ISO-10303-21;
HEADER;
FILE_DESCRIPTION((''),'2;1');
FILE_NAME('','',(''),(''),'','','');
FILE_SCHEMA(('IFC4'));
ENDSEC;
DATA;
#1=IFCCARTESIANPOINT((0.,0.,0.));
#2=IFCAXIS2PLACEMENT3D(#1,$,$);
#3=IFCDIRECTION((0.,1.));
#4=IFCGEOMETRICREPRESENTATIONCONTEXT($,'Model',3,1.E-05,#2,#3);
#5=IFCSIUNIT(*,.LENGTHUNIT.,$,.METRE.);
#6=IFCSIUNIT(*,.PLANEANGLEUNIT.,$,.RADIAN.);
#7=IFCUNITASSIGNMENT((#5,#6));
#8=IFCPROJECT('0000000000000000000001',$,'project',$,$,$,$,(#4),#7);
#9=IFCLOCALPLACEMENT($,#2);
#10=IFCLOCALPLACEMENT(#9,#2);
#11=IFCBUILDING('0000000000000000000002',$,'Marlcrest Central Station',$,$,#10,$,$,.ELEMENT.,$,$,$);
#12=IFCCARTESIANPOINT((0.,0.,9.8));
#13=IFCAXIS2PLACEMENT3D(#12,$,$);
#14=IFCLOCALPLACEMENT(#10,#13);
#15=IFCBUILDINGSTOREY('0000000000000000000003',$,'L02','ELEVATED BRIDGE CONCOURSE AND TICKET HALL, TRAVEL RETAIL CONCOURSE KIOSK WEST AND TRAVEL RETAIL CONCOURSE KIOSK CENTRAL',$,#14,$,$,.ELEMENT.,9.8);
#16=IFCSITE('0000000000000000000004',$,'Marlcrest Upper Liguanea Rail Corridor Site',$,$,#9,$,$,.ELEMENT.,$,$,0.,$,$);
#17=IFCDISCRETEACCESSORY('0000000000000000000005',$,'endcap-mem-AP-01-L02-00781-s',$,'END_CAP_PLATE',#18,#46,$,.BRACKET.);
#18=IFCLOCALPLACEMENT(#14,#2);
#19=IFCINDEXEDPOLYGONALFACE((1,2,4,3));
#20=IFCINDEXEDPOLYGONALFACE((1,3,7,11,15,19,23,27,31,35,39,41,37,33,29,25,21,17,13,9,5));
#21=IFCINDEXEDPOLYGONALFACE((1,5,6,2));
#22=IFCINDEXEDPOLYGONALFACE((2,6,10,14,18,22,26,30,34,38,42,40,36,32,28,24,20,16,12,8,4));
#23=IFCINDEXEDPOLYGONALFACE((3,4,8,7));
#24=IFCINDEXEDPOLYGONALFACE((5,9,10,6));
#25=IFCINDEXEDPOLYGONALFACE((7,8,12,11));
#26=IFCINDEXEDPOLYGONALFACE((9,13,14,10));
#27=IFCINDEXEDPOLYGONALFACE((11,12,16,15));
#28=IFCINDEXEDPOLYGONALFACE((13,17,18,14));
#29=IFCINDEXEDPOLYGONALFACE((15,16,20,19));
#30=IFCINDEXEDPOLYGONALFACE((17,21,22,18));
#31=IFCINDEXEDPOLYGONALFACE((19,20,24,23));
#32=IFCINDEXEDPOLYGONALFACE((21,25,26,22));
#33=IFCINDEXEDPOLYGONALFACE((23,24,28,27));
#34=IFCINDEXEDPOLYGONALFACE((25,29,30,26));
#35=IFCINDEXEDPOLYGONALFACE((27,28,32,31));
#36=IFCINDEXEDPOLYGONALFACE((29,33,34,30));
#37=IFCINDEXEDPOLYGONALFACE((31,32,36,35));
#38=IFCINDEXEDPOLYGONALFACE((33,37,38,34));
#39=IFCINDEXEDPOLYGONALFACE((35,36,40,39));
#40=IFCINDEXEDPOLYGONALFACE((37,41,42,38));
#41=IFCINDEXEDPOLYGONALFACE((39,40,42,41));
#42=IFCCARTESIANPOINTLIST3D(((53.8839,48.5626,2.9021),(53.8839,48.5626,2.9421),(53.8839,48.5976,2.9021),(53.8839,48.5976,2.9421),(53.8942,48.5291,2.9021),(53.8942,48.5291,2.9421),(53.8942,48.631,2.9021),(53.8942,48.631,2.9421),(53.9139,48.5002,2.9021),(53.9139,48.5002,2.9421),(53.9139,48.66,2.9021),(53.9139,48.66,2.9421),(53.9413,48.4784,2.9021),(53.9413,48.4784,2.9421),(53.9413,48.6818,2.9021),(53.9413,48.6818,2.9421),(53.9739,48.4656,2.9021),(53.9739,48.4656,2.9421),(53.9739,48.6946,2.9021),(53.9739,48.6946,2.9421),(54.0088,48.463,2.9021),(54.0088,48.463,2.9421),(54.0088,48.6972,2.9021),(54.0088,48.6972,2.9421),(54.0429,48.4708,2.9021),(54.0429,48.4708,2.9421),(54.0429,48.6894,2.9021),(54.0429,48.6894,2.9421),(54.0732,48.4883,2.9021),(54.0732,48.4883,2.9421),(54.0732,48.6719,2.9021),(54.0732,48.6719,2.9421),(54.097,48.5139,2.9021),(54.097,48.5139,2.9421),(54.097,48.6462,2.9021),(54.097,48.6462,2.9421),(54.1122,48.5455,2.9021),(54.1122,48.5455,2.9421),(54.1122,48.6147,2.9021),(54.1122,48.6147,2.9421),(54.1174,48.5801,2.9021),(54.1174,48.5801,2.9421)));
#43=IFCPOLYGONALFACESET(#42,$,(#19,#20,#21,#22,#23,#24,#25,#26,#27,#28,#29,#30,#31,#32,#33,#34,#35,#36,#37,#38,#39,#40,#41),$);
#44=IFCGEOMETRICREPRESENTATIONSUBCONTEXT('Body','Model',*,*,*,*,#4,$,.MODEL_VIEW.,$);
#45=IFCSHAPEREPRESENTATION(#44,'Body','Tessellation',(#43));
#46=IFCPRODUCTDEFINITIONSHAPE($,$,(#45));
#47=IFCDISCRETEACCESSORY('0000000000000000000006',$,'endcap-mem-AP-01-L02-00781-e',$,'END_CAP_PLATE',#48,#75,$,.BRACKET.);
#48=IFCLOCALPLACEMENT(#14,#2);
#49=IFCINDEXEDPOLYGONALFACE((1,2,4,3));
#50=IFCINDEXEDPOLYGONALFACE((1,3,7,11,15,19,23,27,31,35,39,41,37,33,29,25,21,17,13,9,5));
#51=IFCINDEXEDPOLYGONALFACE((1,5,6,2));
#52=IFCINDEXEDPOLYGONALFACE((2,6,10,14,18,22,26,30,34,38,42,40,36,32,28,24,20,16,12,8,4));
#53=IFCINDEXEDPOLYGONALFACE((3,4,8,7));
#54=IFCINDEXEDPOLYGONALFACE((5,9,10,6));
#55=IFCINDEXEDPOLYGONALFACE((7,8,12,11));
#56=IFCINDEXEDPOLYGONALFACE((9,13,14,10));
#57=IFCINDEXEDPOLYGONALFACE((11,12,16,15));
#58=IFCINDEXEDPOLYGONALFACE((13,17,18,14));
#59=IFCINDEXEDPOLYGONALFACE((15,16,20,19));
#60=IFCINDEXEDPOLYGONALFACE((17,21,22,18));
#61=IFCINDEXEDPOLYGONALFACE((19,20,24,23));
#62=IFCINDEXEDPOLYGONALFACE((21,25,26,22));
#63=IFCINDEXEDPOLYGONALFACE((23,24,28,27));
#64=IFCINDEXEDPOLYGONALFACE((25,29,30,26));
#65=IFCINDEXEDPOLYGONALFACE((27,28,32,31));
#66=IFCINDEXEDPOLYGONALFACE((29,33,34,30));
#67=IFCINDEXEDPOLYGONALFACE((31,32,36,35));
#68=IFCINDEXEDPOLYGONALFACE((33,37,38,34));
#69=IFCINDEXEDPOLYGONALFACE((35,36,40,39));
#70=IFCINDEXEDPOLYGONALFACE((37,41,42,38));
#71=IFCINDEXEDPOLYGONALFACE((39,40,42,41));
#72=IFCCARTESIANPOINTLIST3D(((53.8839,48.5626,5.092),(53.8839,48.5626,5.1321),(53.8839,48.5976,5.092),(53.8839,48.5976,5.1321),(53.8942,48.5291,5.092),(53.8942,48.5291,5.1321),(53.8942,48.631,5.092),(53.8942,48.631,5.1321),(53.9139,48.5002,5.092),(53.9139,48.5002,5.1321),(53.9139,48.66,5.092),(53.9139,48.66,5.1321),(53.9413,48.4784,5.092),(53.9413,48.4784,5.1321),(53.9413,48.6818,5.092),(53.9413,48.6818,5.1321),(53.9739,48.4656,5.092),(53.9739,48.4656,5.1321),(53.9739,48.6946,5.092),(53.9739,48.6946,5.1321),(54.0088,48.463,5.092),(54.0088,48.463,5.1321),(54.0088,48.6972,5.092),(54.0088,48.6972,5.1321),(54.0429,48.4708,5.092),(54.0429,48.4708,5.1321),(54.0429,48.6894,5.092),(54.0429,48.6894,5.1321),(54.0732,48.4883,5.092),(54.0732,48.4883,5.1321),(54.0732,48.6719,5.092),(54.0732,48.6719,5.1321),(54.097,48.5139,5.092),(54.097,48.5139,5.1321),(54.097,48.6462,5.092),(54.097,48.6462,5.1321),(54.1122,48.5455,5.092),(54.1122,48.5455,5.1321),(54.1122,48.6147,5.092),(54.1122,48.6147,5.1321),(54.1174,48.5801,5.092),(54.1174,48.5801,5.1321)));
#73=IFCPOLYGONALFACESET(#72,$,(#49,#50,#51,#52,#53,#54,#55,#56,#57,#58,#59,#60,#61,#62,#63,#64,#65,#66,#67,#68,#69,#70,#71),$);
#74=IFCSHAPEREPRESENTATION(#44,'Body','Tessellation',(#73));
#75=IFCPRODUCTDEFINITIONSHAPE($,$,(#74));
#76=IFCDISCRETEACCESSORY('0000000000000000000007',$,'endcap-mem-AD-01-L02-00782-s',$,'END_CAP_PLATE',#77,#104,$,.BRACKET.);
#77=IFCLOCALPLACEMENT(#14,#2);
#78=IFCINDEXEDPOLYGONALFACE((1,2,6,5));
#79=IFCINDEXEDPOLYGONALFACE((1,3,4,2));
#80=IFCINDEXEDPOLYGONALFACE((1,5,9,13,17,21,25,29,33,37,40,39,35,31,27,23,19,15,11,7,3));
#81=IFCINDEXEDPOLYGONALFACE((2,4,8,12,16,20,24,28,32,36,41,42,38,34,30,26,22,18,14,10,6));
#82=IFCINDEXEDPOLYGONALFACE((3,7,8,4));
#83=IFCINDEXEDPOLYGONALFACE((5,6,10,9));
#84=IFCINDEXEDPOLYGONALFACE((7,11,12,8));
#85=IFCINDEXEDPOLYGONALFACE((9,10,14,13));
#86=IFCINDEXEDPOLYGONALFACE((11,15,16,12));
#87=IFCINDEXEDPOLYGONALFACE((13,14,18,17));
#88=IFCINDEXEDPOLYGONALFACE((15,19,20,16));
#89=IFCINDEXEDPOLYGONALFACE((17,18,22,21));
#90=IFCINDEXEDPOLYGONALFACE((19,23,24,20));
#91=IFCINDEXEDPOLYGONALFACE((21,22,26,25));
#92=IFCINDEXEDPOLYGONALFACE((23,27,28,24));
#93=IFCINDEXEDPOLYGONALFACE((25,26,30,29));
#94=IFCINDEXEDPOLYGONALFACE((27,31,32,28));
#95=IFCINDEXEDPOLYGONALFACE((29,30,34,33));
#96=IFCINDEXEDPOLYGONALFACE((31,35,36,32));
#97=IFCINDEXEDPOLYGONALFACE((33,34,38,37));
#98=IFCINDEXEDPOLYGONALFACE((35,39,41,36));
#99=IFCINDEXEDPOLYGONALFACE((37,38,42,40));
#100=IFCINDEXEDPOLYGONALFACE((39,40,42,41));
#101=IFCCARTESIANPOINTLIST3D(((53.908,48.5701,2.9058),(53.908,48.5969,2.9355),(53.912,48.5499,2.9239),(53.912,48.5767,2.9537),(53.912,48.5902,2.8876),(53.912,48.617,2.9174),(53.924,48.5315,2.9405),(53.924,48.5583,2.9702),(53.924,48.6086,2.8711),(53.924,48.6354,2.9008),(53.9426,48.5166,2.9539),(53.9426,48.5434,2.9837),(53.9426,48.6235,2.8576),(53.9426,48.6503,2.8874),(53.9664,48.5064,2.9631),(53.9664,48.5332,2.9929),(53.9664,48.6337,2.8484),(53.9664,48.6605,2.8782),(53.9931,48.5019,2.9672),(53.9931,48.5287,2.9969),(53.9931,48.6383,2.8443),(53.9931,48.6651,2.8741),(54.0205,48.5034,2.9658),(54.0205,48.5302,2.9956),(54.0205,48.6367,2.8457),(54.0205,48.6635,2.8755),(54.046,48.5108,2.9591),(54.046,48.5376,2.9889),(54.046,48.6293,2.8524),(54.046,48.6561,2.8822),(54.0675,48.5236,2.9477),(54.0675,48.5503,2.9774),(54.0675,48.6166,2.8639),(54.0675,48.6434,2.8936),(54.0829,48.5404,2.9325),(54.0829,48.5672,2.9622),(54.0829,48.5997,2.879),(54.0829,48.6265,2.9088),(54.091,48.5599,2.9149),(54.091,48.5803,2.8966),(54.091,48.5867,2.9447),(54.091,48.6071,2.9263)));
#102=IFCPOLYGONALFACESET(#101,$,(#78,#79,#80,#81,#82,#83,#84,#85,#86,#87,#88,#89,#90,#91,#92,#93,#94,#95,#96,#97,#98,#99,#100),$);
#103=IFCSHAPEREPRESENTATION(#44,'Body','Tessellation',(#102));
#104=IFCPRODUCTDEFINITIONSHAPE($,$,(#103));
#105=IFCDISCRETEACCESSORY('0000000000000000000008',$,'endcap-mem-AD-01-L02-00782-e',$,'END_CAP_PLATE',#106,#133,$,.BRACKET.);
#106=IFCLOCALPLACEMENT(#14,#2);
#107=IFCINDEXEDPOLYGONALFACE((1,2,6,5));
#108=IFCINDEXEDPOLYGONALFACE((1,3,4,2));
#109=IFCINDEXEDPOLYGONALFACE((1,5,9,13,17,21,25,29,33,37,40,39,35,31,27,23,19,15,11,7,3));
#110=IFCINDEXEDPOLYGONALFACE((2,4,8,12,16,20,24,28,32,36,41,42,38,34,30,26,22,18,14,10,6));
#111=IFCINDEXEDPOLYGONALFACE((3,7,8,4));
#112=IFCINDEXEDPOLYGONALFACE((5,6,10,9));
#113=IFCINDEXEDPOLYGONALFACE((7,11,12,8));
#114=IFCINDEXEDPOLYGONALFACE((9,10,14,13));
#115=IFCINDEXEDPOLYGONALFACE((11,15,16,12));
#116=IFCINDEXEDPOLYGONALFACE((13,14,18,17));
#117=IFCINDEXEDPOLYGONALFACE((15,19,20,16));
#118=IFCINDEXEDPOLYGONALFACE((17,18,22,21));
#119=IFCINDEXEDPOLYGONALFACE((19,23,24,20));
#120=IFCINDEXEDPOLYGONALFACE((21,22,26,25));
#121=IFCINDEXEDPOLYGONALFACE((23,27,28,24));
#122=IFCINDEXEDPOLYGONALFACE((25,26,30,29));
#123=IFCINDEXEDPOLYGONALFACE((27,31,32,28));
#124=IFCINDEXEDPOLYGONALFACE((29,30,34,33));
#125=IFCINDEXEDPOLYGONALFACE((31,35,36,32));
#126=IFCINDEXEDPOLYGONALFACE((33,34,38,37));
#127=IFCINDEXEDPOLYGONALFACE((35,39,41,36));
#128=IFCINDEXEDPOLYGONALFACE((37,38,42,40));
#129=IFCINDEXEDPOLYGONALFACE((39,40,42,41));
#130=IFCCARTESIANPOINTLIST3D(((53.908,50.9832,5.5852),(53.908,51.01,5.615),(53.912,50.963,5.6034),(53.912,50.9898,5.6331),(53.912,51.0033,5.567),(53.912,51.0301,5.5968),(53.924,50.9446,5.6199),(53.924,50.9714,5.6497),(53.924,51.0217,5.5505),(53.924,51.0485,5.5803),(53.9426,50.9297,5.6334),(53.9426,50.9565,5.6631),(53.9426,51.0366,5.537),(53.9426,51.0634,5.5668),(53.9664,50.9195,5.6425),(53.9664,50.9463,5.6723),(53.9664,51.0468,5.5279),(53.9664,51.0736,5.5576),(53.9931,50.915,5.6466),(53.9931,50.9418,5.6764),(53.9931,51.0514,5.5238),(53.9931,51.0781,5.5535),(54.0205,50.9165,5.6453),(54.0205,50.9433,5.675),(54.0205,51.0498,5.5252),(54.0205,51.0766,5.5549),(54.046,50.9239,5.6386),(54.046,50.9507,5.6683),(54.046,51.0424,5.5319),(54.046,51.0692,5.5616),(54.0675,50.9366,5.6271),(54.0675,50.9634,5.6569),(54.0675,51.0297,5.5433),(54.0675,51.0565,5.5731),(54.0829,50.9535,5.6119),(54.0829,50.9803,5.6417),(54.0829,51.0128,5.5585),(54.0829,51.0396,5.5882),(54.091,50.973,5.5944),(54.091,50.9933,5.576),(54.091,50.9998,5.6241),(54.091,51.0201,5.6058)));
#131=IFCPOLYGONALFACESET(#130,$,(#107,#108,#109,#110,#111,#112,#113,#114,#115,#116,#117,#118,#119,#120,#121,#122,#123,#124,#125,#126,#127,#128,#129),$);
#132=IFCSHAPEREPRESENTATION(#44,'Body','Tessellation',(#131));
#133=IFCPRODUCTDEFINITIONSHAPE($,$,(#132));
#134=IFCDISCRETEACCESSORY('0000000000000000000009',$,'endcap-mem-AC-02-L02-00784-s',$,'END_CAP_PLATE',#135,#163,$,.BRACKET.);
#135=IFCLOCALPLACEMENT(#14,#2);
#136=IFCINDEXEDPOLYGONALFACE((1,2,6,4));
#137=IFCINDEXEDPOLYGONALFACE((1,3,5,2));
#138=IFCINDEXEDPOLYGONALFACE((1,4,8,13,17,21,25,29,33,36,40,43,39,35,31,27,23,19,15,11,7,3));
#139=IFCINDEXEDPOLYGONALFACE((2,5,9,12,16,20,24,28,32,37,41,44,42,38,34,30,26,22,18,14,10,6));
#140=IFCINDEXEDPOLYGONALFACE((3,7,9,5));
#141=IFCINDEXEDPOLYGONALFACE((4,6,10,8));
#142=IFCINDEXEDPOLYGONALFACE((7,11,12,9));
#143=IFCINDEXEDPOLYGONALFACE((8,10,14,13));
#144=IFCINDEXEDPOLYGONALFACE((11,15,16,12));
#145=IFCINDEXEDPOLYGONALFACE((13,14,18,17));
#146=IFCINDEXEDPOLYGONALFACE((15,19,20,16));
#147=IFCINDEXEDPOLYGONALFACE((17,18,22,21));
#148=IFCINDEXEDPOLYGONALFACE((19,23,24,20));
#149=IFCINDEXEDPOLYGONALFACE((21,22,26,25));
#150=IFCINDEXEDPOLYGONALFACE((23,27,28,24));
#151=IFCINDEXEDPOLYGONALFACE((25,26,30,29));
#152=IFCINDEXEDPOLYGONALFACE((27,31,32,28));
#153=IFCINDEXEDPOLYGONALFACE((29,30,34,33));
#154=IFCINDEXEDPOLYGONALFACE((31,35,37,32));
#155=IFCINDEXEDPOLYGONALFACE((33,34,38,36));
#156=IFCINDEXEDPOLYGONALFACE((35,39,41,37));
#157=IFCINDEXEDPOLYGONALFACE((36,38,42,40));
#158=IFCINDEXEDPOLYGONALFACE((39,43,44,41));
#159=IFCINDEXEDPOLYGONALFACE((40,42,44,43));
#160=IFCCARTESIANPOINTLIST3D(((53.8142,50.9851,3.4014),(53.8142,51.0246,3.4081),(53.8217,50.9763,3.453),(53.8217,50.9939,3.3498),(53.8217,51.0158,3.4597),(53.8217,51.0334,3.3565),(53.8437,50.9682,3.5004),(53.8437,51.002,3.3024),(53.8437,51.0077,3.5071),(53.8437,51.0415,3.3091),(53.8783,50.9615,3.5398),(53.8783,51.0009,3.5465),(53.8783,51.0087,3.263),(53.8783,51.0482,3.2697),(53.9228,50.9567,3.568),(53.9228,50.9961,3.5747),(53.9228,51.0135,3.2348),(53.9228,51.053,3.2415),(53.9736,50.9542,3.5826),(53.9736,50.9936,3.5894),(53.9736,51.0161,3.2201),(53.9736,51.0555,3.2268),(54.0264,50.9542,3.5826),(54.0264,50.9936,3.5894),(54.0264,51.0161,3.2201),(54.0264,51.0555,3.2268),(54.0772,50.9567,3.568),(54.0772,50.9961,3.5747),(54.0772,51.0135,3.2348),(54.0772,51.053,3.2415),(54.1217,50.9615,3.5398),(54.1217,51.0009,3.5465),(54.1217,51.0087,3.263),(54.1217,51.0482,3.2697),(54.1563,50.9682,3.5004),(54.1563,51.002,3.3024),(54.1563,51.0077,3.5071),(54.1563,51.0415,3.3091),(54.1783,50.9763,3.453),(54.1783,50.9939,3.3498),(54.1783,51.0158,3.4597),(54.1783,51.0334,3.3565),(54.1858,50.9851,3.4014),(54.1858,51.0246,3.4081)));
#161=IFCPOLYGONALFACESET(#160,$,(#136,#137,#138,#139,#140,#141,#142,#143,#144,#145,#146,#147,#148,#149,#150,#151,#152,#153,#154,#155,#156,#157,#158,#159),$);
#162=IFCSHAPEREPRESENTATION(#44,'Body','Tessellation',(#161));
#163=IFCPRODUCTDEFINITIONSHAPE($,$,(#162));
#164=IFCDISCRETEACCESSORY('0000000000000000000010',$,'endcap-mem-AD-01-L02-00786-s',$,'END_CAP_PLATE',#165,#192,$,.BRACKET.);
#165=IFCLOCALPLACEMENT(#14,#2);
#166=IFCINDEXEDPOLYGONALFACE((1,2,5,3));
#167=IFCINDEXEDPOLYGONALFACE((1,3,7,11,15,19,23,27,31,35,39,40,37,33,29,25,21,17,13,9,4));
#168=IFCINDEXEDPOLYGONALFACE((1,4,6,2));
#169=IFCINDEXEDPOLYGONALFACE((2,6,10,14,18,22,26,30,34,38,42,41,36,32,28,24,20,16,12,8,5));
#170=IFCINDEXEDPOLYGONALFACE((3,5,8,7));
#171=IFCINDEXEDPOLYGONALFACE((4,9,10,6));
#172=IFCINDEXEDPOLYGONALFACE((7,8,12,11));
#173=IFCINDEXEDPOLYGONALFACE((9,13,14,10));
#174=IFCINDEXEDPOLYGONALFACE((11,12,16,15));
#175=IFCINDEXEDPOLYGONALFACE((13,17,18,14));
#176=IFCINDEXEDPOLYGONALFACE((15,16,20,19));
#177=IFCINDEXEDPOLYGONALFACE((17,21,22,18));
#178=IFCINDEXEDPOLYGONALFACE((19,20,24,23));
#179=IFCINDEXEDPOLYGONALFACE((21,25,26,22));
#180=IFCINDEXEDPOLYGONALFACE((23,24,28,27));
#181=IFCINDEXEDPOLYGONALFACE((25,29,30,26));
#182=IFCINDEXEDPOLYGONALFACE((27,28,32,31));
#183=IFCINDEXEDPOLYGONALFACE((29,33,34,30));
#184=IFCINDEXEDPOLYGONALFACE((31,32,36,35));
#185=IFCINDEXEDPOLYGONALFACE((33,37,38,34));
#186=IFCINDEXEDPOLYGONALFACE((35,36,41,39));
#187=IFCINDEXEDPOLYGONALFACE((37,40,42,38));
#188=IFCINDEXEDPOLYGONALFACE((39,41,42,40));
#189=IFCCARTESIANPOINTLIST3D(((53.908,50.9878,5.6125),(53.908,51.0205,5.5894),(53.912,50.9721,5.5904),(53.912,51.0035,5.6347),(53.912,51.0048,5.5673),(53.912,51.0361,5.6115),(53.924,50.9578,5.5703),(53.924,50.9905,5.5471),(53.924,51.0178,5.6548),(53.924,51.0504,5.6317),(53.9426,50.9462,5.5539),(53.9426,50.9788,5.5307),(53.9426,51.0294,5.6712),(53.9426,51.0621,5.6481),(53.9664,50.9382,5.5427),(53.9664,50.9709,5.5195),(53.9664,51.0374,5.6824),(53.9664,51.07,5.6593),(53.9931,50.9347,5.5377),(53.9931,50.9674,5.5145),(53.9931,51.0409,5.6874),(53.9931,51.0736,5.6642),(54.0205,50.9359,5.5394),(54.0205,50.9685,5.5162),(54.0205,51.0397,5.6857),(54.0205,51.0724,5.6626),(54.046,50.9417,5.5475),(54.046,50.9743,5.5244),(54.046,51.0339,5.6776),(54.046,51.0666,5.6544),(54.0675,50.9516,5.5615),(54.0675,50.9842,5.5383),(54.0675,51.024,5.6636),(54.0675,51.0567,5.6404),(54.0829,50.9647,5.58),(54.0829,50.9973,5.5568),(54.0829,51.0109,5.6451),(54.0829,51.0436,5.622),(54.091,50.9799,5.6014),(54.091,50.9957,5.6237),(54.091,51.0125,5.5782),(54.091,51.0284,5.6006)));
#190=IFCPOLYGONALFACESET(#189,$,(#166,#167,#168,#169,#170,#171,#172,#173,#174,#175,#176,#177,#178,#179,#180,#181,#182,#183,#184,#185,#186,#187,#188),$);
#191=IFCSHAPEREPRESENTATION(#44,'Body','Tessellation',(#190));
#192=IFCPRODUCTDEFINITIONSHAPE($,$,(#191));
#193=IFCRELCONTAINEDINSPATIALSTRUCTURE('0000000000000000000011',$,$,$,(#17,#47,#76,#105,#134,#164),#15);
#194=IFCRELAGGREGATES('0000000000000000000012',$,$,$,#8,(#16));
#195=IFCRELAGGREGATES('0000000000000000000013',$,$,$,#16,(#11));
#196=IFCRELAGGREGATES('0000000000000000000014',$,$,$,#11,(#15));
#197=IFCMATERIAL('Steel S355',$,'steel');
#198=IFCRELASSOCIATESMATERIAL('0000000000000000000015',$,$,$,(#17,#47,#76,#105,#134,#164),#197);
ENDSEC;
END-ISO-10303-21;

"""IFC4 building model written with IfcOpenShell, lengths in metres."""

from ifc_helpers import new_model, si_unit, direction, frame, origin, origin_2d, place, context, subcontext, project, spatial, circle, extrude, material, element, save


model = new_model("IFC4")

# Units and contexts
model_context = context("Model", 3, precision=1e-05, world=origin(), true_north=direction((0.0, 1.0)))
body_context = subcontext(model_context, "Body", "Model", "MODEL_VIEW")
ifc_project = project(units=[si_unit("LENGTHUNIT", "METRE"), si_unit("PLANEANGLEUNIT", "RADIAN")], contexts=[model_context])

# Site, building, storey
site_placement = place(None, origin())
site = spatial("IfcSite", under=ifc_project, at=site_placement, Name="Marlcrest Upper Liguanea Rail Corridor Site", CompositionType="ELEMENT", RefElevation=0.0)
building_placement = place(site_placement, origin())
building = spatial("IfcBuilding", under=site, at=building_placement, Name="Marlcrest Central Station", CompositionType="ELEMENT")
storey_placement = place(building_placement, frame((0.0, 0.0, 9.8)))
storey = spatial("IfcBuildingStorey", under=building, at=storey_placement, Name="L02", Description="ELEVATED BRIDGE CONCOURSE AND TICKET HALL, TRAVEL RETAIL CONCOURSE KIOSK WEST AND TRAVEL RETAIL CONCOURSE KIOSK CENTRAL", CompositionType="ELEMENT", Elevation=9.8)

# Shared definitions
ifc_material = material(Name="Steel S355", Category="steel")

# Discrete accessories
for number, where, z_axis, x_axis, name in (
    (1, (54.0, 48.5801, 2.9021), (0.0, 0.0, 1.0), (1.0, 0.0, 0.0), "endcap-mem-AP-01-L02-00781-s"),
    (2, (54.0, 48.5801, 5.092), (0.0, 0.0, 1.0), (1.0, 0.0, 0.0), "endcap-mem-AP-01-L02-00781-e"),
):
    element("IfcDiscreteAccessory", number, at=place(storey_placement, frame(where, z_axis=z_axis, x_axis=x_axis)), inside=storey, material=ifc_material, Name=name, ObjectType="END_CAP_PLATE", PredefinedType="BRACKET", context=body_context, shape_type="SweptSolid", body=[
        extrude(circle(Radius=0.1174, at=origin_2d()), origin(), (0.0, 0.0, 1.0), 0.04),
    ])
for number, where, z_axis, x_axis, name in (
    (3, (54.0, 48.5701, 2.9058), (0.0, 0.669244, 0.743042), (-1.0, 0.0, 0.0), "endcap-mem-AD-01-L02-00782-s"),
    (4, (54.0, 50.9832, 5.5852), (0.0, 0.669244, 0.743042), (-1.0, 0.0, 0.0), "endcap-mem-AD-01-L02-00782-e"),
):
    element("IfcDiscreteAccessory", number, at=place(storey_placement, frame(where, z_axis=z_axis, x_axis=x_axis)), inside=storey, material=ifc_material, Name=name, ObjectType="END_CAP_PLATE", PredefinedType="BRACKET", context=body_context, shape_type="SweptSolid", body=[
        extrude(circle(Radius=0.092, at=origin_2d()), origin(), (0.0, 0.0, 1.0), 0.04),
    ])
discrete_accessory_1_placement = place(storey_placement, frame((54.0, 50.9851, 3.4014), z_axis=(0.0, 0.985741, 0.168269), x_axis=(-1.0, 0.0, 0.0)))
element("IfcDiscreteAccessory", 5, at=discrete_accessory_1_placement, inside=storey, material=ifc_material, Name="endcap-mem-AC-02-L02-00784-s", ObjectType="END_CAP_PLATE", PredefinedType="BRACKET", context=body_context, shape_type="SweptSolid", body=[
    extrude(circle(Radius=0.1858, at=origin_2d()), origin(), (0.0, 0.0, 1.0), 0.04),
])
discrete_accessory_2_placement = place(storey_placement, frame((54.0, 50.9878, 5.6125), z_axis=(0.0, 0.815661, -0.57853), x_axis=(-1.0, 0.0, 0.0)))
element("IfcDiscreteAccessory", 6, at=discrete_accessory_2_placement, inside=storey, material=ifc_material, Name="endcap-mem-AD-01-L02-00786-s", ObjectType="END_CAP_PLATE", PredefinedType="BRACKET", context=body_context, shape_type="SweptSolid", body=[
    extrude(circle(Radius=0.092, at=origin_2d()), origin(), (0.0, 0.0, 1.0), 0.04),
])

save(model, "model.ifc")
